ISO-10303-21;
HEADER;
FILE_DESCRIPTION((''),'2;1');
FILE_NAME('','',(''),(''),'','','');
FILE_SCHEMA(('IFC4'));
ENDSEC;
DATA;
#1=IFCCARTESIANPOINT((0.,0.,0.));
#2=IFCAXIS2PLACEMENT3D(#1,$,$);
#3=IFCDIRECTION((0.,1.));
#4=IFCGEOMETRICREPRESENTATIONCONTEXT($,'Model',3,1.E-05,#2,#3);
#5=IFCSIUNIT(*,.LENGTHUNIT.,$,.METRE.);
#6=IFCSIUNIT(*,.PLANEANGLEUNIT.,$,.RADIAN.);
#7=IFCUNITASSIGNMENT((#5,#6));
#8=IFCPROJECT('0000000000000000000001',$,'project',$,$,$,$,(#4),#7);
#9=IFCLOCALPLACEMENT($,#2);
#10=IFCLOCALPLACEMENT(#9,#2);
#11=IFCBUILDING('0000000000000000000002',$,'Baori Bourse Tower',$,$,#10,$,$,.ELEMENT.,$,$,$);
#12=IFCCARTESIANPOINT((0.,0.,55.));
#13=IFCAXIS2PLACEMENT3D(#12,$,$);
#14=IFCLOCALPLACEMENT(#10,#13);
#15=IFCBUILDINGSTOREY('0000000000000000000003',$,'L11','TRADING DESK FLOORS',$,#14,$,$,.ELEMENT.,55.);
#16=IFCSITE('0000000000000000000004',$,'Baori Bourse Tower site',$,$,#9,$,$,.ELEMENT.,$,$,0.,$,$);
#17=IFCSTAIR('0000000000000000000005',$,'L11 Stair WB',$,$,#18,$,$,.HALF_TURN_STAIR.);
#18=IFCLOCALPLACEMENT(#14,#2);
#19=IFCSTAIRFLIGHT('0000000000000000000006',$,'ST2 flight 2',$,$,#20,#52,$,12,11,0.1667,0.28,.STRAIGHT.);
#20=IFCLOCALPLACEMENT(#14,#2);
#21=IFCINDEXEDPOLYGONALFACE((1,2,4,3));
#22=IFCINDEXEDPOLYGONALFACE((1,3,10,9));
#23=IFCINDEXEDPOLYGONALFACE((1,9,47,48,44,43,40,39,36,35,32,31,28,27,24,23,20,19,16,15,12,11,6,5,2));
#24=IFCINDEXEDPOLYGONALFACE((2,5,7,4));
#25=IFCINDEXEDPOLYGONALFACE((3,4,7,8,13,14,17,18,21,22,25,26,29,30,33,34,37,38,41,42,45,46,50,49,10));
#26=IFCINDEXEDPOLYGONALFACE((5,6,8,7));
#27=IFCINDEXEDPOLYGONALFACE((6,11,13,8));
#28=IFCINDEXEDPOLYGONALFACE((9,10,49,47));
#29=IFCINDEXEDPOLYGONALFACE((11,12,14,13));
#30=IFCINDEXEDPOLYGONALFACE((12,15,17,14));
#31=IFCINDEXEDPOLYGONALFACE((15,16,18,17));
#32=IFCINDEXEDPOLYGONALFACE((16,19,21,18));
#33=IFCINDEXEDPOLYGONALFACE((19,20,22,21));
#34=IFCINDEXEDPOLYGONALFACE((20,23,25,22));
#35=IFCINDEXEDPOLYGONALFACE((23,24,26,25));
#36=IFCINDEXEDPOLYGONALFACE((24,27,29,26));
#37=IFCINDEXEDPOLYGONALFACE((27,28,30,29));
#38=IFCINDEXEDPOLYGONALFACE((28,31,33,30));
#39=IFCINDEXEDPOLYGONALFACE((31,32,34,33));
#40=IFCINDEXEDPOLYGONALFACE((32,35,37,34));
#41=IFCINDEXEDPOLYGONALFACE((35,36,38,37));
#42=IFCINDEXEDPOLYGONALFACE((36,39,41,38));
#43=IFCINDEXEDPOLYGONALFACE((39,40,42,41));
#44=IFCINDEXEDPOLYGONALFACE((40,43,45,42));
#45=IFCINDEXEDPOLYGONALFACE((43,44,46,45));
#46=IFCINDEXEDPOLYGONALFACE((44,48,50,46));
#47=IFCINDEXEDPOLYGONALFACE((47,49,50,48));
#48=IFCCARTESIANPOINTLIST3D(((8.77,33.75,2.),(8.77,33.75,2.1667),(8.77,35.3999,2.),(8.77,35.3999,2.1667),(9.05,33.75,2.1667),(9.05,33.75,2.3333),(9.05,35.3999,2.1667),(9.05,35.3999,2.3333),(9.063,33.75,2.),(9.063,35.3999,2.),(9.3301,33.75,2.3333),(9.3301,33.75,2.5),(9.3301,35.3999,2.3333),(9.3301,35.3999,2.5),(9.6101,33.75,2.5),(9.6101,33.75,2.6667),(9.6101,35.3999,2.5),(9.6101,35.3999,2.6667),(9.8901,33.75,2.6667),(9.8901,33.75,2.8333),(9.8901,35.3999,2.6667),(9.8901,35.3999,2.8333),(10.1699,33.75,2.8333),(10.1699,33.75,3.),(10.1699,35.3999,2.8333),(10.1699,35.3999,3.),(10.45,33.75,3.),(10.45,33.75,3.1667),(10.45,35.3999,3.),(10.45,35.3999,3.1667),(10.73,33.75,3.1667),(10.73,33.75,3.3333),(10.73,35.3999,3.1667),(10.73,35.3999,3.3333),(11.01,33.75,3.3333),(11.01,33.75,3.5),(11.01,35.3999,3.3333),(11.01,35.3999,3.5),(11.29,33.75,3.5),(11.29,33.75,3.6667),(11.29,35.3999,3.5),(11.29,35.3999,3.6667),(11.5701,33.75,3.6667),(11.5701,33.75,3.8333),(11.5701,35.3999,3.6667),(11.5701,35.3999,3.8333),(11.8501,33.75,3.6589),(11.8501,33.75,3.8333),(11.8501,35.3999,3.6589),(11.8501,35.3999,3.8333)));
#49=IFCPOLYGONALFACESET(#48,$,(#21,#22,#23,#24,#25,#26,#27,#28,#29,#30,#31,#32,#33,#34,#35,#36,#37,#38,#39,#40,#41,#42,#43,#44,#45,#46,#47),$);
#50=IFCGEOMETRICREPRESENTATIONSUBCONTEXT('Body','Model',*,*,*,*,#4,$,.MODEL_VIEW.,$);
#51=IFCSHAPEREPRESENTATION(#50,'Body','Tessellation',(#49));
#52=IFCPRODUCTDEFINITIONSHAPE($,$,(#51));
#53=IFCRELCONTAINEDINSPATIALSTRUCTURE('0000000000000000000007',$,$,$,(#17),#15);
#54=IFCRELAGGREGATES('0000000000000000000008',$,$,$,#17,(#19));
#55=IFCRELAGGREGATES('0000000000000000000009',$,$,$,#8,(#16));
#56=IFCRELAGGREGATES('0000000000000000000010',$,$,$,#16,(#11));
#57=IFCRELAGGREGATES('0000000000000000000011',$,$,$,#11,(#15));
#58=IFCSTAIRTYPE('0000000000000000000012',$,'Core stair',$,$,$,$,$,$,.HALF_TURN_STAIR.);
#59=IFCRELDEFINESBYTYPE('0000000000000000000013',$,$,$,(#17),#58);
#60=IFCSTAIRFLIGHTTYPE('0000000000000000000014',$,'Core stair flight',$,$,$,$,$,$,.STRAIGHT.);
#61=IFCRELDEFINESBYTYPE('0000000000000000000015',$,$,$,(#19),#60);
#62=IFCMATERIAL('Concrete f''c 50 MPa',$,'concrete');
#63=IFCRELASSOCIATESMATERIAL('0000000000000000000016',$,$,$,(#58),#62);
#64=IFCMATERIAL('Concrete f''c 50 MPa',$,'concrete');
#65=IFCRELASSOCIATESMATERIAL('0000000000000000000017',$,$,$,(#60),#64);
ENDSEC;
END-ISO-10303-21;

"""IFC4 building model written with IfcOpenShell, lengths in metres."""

from ifc_helpers import new_model, si_unit, direction, frame, origin, place, context, subcontext, project, spatial, polyline, outline, extrude, material, type_object, element, aggregate, save


model = new_model("IFC4")

# Units and contexts
model_context = context("Model", 3, precision=1e-05, world=origin(), true_north=direction((0.0, 1.0)))
body_context = subcontext(model_context, "Body", "Model", "MODEL_VIEW")
ifc_project = project(units=[si_unit("LENGTHUNIT", "METRE"), si_unit("PLANEANGLEUNIT", "RADIAN")], contexts=[model_context])

# Site, building, storey
site_placement = place(None, origin())
site = spatial("IfcSite", under=ifc_project, at=site_placement, Name="Baori Bourse Tower site", CompositionType="ELEMENT", RefElevation=0.0)
building_placement = place(site_placement, origin())
building = spatial("IfcBuilding", under=site, at=building_placement, Name="Baori Bourse Tower", CompositionType="ELEMENT")
storey_placement = place(building_placement, frame((0.0, 0.0, 55.0)))
storey = spatial("IfcBuildingStorey", under=building, at=storey_placement, Name="L11", Description="TRADING DESK FLOORS", CompositionType="ELEMENT", Elevation=55.0)

# Stair, stair flight
ifc_material_1 = material(Name="Concrete f'c 50 MPa", Category="concrete")
stair_type = type_object("IfcStairType", Name="Core stair", PredefinedType="HALF_TURN_STAIR", material=ifc_material_1)
stair_placement = place(storey_placement, origin())
stair = element("IfcStair", 1, at=stair_placement, inside=storey, type_object=stair_type, Name="L11 Stair WB", PredefinedType="HALF_TURN_STAIR")
ifc_material_2 = material(Name="Concrete f'c 50 MPa", Category="concrete")
stair_flight_type = type_object("IfcStairFlightType", Name="Core stair flight", PredefinedType="STRAIGHT", material=ifc_material_2)
stair_flight_1_placement = place(storey_placement, frame((8.77, 34.575, 2.0), z_axis=(0.0, 0.0, 1.0), x_axis=(1.0, 0.0, 0.0)))
stair_flight_1 = element("IfcStairFlight", 2, at=stair_flight_1_placement, type_object=stair_flight_type, Name="ST2 flight 2", NumberOfRisers=12, NumberOfTreads=11, PredefinedType="STRAIGHT", RiserHeight=0.1667, TreadLength=0.28, context=body_context, shape_type="SweptSolid", body=[
    extrude(outline(polyline([(0.0, 0.0), (0.0, 0.1667), (0.28, 0.1667), (0.28, 0.3333), (0.5601, 0.3333), (0.5601, 0.5), (0.8401, 0.5), (0.8401, 0.6667), (1.1201, 0.6667), (1.1201, 0.8333), (1.3999, 0.8333), (1.3999, 1.0), (1.6799, 1.0), (1.6799, 1.1667), (1.96, 1.1667), (1.96, 1.3333), (2.24, 1.3333), (2.24, 1.5), (2.52, 1.5), (2.52, 1.6667), (2.8, 1.6667), (2.8, 1.8333), (3.0801, 1.8333), (3.0801, 2.0), (3.0801, 1.6589), (0.293, 0.0), (0.0, 0.0)])), frame((0.0, 0.825, 0.0), z_axis=(0.0, -1.0, 0.0), x_axis=(1.0, 0.0, 0.0)), (0.0, 0.0, 1.0), 1.6499),
])
aggregate(stair, [stair_flight_1])

save(model, "model.ifc")
